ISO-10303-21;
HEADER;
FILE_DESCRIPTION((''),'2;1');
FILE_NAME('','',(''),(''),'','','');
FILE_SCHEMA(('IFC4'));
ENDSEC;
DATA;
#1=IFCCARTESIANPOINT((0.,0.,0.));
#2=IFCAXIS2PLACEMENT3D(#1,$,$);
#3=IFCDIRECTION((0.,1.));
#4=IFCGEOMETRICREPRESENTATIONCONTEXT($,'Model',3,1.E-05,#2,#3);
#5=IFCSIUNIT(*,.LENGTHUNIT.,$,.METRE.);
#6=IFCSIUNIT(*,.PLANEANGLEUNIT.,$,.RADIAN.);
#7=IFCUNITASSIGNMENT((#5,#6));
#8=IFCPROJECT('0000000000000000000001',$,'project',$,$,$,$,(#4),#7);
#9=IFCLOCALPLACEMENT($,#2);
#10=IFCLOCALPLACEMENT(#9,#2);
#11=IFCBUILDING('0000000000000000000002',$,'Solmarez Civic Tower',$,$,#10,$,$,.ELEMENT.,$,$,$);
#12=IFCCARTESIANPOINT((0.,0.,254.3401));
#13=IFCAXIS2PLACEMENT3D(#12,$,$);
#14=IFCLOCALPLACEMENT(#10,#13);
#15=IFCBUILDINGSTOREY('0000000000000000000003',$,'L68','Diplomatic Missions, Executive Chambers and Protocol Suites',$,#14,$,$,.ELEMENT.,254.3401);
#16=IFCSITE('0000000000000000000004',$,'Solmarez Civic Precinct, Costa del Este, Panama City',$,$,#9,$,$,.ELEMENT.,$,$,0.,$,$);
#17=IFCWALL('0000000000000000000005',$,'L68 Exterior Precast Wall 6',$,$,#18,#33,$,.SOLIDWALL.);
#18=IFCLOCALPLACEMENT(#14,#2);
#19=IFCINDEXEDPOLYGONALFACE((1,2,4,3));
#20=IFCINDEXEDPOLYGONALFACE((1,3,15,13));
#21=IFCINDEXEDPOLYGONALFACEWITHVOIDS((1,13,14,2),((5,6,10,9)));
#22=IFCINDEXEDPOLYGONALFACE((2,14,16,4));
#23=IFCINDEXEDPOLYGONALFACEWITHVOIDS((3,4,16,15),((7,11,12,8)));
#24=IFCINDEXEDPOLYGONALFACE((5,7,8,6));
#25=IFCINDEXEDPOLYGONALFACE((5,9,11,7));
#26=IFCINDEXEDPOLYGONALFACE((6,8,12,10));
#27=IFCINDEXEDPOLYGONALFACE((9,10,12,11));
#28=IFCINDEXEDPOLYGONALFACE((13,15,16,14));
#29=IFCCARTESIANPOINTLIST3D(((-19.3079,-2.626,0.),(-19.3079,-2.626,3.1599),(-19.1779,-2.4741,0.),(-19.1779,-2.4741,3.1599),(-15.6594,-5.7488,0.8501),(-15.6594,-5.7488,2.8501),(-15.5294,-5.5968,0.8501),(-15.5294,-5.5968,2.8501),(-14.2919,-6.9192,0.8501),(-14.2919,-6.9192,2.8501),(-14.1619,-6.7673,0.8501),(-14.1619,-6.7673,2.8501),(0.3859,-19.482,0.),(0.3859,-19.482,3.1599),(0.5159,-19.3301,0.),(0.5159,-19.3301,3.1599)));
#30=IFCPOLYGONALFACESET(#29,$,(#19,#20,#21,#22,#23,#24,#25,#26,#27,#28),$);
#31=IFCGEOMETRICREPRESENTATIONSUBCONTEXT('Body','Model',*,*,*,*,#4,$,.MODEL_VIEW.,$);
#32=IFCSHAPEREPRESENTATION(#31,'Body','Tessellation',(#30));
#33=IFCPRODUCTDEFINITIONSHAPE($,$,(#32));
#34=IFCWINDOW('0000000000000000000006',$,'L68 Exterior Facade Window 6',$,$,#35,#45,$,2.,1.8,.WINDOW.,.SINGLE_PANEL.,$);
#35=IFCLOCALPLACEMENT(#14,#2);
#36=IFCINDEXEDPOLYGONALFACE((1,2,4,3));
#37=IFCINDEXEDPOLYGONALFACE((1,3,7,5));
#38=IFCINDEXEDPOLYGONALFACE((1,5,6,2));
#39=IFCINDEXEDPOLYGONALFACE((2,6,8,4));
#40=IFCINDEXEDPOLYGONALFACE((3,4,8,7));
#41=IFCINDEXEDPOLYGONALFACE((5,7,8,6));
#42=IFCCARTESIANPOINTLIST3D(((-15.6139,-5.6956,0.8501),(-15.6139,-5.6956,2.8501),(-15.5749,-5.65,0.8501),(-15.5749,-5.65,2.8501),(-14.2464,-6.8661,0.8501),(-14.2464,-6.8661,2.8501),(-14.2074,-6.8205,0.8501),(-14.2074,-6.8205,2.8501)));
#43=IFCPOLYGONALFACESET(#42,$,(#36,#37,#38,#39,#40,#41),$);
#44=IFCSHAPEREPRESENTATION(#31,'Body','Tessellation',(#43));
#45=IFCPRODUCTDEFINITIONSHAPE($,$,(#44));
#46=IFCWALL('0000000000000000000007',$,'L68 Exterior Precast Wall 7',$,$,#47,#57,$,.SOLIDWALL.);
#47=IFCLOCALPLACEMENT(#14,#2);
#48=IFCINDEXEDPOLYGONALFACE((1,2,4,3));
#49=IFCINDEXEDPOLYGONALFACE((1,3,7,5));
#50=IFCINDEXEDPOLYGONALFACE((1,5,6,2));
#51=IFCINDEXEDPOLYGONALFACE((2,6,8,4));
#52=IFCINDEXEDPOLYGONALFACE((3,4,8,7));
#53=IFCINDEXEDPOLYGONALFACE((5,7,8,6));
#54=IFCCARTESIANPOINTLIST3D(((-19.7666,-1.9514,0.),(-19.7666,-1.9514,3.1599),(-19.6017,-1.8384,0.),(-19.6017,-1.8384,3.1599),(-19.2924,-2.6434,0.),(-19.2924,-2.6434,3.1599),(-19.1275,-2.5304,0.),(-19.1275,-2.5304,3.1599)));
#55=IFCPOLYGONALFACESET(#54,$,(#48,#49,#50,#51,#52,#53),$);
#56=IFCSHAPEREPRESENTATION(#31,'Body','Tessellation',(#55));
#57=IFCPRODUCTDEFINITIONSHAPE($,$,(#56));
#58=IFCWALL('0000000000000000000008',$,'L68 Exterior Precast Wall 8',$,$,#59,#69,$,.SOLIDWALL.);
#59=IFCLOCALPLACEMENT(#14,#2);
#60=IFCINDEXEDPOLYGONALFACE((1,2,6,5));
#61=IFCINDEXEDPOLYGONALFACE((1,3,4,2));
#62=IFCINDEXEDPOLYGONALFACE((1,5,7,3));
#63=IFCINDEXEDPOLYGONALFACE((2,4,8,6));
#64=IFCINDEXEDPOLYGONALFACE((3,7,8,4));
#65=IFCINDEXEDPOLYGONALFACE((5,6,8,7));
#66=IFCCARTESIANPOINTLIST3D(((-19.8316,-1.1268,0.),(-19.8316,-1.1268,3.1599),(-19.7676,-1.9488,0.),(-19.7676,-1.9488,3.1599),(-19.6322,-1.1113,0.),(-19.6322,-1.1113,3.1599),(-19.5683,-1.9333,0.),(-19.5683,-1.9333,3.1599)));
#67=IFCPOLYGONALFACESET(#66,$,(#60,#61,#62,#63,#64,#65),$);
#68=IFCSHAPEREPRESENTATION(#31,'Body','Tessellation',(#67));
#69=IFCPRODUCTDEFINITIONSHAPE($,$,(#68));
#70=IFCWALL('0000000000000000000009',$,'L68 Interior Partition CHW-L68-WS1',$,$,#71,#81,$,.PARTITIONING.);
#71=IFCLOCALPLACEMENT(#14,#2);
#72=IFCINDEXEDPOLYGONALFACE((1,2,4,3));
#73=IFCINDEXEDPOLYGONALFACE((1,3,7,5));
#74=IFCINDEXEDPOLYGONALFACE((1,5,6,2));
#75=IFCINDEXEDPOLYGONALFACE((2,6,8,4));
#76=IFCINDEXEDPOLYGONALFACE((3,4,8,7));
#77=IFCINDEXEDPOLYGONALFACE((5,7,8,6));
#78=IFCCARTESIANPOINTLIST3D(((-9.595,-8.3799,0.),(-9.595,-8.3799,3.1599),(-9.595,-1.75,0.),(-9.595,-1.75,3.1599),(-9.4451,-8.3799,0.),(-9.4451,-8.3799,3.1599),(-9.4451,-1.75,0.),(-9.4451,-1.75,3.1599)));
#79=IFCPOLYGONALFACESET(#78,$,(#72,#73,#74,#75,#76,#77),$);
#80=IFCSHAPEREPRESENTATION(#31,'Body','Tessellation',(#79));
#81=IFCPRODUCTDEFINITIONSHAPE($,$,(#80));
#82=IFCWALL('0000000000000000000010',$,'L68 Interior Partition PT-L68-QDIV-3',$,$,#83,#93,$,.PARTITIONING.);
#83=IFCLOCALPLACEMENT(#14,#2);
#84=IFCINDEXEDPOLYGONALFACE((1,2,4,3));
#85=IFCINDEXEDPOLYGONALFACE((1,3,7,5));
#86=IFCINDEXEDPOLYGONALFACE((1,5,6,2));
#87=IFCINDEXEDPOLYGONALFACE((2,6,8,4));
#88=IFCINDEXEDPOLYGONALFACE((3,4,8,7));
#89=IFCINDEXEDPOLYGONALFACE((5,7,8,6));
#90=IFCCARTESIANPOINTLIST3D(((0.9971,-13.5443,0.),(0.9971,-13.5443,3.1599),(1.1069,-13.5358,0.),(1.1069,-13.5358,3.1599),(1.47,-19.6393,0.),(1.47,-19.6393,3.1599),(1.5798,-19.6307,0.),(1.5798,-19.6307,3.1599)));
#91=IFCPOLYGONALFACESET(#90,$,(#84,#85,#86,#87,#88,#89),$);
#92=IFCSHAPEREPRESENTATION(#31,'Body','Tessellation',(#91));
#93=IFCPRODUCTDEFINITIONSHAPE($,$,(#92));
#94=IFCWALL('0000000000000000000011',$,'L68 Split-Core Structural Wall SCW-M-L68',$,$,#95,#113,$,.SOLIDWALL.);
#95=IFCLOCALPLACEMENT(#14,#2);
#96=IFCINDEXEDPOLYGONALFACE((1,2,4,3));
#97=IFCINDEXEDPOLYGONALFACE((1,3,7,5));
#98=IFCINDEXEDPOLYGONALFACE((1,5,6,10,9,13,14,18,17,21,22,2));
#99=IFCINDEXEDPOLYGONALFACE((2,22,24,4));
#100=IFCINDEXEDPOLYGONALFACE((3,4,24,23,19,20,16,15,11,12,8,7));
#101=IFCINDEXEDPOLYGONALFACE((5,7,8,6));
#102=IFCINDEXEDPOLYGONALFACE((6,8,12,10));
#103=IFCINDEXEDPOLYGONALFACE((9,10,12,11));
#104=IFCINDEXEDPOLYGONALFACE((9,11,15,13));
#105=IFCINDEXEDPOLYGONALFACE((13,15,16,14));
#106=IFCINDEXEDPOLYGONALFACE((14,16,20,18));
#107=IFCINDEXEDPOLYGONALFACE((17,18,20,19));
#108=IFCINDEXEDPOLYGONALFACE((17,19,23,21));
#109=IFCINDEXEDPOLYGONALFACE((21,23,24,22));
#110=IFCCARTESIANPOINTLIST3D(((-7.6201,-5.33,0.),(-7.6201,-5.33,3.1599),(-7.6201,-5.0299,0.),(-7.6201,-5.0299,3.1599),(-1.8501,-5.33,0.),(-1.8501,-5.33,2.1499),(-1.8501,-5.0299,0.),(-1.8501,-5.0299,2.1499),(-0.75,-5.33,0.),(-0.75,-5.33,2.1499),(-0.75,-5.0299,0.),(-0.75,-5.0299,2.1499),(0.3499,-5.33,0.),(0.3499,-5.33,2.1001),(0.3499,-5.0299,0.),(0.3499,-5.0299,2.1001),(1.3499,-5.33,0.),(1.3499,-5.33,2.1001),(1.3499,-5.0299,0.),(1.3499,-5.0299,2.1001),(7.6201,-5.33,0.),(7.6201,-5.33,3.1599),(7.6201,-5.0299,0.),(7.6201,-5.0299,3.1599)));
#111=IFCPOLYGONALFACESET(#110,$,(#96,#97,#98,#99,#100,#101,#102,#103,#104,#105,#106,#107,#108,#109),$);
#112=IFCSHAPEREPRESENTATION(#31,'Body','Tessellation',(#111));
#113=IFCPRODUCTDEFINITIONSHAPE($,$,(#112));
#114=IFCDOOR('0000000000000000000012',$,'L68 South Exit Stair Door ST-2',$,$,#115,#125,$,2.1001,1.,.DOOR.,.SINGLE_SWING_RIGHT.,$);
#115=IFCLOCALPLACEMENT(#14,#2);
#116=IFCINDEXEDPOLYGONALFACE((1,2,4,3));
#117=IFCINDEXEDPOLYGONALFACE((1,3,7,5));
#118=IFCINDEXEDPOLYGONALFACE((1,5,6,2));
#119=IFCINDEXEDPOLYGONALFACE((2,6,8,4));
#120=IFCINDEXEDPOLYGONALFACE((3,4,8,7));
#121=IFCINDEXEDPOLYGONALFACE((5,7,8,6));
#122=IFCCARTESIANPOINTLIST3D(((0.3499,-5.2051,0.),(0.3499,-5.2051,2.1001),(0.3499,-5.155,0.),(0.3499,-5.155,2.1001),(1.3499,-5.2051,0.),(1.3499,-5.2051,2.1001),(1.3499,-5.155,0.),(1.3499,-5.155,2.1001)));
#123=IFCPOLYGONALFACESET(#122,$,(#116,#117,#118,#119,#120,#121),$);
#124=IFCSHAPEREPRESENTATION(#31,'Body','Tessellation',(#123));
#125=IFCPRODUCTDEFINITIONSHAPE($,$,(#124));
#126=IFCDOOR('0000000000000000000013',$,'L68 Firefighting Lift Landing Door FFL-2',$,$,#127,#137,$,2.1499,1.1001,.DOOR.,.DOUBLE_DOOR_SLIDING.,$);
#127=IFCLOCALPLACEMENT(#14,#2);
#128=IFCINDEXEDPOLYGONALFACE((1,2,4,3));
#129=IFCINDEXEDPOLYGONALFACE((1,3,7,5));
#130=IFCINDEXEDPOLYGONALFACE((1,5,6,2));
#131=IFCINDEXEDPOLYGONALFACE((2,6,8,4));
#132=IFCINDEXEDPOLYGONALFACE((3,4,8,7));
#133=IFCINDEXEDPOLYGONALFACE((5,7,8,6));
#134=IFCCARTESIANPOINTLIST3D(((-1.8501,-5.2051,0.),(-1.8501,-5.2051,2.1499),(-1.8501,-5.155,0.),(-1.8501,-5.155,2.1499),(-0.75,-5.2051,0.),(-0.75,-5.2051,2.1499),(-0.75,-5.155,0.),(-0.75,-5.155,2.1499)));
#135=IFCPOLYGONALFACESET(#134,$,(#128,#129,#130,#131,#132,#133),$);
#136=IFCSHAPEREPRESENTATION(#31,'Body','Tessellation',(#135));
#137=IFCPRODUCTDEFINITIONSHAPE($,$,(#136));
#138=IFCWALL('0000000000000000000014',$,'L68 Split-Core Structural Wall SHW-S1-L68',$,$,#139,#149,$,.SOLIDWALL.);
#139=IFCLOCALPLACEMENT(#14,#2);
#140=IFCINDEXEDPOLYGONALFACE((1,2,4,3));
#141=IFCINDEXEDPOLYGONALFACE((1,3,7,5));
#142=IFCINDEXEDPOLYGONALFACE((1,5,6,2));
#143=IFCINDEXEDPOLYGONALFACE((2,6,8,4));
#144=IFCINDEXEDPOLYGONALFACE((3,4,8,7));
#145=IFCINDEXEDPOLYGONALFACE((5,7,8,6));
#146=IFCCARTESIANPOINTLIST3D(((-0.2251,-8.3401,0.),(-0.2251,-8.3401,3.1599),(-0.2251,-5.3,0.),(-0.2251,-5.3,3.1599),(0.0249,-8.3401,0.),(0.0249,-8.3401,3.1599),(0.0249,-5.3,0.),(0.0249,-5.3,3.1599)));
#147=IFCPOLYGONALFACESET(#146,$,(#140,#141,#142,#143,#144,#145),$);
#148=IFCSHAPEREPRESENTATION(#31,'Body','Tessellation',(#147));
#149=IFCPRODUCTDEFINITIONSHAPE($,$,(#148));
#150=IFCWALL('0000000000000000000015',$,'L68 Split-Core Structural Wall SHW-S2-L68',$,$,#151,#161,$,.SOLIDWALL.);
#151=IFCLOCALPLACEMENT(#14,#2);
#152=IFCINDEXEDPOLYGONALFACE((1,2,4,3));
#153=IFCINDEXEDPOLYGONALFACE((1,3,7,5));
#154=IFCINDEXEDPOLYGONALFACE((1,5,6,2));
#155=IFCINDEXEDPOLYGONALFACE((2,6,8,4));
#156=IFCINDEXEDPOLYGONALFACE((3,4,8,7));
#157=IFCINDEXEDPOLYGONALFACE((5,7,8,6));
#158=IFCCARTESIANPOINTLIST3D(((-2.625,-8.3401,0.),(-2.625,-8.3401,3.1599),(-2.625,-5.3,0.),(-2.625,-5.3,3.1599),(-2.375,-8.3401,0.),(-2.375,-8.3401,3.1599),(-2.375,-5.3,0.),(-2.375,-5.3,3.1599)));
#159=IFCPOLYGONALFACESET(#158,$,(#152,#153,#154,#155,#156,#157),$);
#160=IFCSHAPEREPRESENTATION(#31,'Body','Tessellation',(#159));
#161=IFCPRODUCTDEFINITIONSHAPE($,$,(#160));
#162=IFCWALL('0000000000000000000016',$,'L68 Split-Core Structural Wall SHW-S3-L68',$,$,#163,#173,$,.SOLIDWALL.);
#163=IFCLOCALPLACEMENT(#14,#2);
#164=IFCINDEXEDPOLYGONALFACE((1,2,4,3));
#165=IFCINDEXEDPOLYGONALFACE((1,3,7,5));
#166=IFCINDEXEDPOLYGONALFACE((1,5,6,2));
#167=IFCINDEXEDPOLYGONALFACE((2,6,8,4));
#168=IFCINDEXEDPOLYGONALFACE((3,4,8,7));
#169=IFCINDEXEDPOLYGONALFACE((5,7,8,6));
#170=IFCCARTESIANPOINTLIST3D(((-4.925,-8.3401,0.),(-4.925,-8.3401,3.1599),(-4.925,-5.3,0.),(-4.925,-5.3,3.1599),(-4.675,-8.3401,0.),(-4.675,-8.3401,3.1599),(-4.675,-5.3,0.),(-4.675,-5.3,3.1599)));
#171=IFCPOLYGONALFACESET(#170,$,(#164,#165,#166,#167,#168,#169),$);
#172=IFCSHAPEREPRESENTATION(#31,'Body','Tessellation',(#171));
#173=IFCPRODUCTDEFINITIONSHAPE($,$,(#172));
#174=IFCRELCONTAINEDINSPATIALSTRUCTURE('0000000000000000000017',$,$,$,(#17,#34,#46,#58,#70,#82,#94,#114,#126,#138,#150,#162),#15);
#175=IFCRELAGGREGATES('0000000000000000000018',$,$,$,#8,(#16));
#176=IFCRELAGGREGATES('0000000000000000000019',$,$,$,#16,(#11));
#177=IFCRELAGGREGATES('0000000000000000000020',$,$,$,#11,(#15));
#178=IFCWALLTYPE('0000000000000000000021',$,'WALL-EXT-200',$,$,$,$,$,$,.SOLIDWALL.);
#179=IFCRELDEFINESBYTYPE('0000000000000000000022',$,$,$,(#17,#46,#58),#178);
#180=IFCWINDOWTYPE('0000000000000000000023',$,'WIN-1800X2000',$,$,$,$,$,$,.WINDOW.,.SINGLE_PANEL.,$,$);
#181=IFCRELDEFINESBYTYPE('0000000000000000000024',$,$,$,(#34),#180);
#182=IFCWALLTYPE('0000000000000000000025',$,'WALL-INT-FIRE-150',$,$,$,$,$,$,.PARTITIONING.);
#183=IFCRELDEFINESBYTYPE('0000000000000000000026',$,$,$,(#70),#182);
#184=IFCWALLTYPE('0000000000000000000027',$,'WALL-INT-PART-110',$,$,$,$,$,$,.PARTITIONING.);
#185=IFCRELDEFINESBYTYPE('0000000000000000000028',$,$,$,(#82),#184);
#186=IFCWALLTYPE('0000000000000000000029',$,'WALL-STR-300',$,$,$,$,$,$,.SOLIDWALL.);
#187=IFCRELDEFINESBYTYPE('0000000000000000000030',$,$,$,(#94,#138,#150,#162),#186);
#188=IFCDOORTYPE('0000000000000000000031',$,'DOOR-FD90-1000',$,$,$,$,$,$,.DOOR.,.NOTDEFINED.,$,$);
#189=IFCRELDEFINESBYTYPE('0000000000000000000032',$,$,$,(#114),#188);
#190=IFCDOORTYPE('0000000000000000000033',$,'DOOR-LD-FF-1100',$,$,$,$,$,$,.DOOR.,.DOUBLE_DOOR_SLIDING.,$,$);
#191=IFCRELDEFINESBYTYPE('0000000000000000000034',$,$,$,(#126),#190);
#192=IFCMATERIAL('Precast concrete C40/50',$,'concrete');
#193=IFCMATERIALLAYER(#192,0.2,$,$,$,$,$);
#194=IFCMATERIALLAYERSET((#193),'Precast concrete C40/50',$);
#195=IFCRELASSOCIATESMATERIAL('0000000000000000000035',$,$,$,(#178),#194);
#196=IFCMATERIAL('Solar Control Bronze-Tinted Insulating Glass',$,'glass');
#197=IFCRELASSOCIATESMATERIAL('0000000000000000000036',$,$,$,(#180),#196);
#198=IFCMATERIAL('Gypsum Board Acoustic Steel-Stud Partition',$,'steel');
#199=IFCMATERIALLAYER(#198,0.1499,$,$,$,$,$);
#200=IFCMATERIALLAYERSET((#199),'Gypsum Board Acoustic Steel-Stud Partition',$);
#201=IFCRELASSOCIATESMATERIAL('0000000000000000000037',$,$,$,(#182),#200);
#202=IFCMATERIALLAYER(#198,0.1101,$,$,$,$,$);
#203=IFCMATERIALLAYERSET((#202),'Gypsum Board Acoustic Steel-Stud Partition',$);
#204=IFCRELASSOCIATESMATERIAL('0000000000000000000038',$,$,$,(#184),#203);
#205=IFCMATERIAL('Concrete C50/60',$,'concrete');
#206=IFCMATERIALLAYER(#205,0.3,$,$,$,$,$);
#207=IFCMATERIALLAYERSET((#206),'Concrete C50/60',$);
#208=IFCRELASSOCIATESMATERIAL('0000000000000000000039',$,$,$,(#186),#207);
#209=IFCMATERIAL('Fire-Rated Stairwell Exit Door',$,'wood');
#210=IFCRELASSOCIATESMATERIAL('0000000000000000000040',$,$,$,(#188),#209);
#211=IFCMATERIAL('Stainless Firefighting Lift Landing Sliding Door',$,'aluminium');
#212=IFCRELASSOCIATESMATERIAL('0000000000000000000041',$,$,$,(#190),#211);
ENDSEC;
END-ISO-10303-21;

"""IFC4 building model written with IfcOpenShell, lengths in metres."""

from ifc_helpers import new_model, si_unit, direction, frame, frame_2d, origin, place, context, subcontext, project, spatial, rectangle, extrude, material, layer, layer_set, type_object, element, fill, save


model = new_model("IFC4")

# Units and contexts
model_context = context("Model", 3, precision=1e-05, world=origin(), true_north=direction((0.0, 1.0)))
body_context = subcontext(model_context, "Body", "Model", "MODEL_VIEW")
ifc_project = project(units=[si_unit("LENGTHUNIT", "METRE"), si_unit("PLANEANGLEUNIT", "RADIAN")], contexts=[model_context])

# Site, building, storey
site_placement = place(None, origin())
site = spatial("IfcSite", under=ifc_project, at=site_placement, Name="Solmarez Civic Precinct, Costa del Este, Panama City", CompositionType="ELEMENT", RefElevation=0.0)
building_placement = place(site_placement, origin())
building = spatial("IfcBuilding", under=site, at=building_placement, Name="Solmarez Civic Tower", CompositionType="ELEMENT")
storey_placement = place(building_placement, frame((0.0, 0.0, 254.3401)))
storey = spatial("IfcBuildingStorey", under=building, at=storey_placement, Name="L68", Description="Diplomatic Missions, Executive Chambers and Protocol Suites", CompositionType="ELEMENT", Elevation=254.3401)

# Shared definitions
ifc_material_1 = material(Name="Concrete C50/60", Category="concrete")

# Shared definitions
ifc_material_2 = material(Name="Precast concrete C40/50", Category="concrete")
ifc_layer_1 = layer(ifc_material_2, 0.2)
ifc_layer_set_1 = layer_set([ifc_layer_1], Name="Precast concrete C40/50")
wall_type_1 = type_object("IfcWallType", Name="WALL-EXT-200", PredefinedType="SOLIDWALL", material=ifc_layer_set_1)

# Wall, opening, window
wall_1_placement = place(storey_placement, frame((0.4509, -19.406, 0.0), z_axis=(0.0, 0.0, 1.0), x_axis=(-0.759723, 0.650247, 0.0)))
wall_1 = element("IfcWall", 1, at=wall_1_placement, inside=storey, type_object=wall_type_1, Name="L68 Exterior Precast Wall 6", PredefinedType="SOLIDWALL", context=body_context, shape_type="SweptSolid", body=[
    extrude(rectangle(XDim=25.9224, YDim=0.2, at=frame_2d((12.9612, 0.0))), origin(), (0.0, 0.0, 1.0), 3.1599),
])
opening_1_placement = place(wall_1_placement, frame((19.3201, 0.0, 0.8501)))
opening_1 = element("IfcOpeningElement", 2, at=opening_1_placement, cuts=wall_1, PredefinedType="OPENING", context=body_context, shape_type="SweptSolid", body=[
    extrude(rectangle(XDim=1.8, YDim=2.0, at=frame_2d((0.8999, 1.0))), frame((0.0, 0.1099, 0.0), z_axis=(0.0, -1.0, 0.0), x_axis=(1.0, 0.0, 0.0)), (0.0, 0.0, 1.0), 0.22),
])
ifc_material_3 = material(Name="Solar Control Bronze-Tinted Insulating Glass", Category="glass")
window_type = type_object("IfcWindowType", Name="WIN-1800X2000", PartitioningType="SINGLE_PANEL", PredefinedType="WINDOW", material=ifc_material_3)
window_placement = place(opening_1_placement, origin())
window = element("IfcWindow", 3, at=window_placement, inside=storey, type_object=window_type, Name="L68 Exterior Facade Window 6", OverallHeight=2.0, OverallWidth=1.8, PartitioningType="SINGLE_PANEL", PredefinedType="WINDOW", context=body_context, shape_type="SweptSolid", body=[
    extrude(rectangle(XDim=1.8, YDim=2.0, at=frame_2d((0.8999, 1.0))), frame((0.0, 0.03, 0.0), z_axis=(0.0, -1.0, 0.0), x_axis=(1.0, 0.0, 0.0)), (0.0, 0.0, 1.0), 0.0601),
])
fill(opening_1, window)

# Walls
wall_2_placement = place(storey_placement, frame((-19.21, -2.5869, 0.0), z_axis=(0.0, 0.0, 1.0), x_axis=(-0.565268, 0.824907, 0.0)))
element("IfcWall", 4, at=wall_2_placement, inside=storey, type_object=wall_type_1, Name="L68 Exterior Precast Wall 7", PredefinedType="SOLIDWALL", context=body_context, shape_type="SweptSolid", body=[
    extrude(rectangle(XDim=0.8389, YDim=0.2, at=frame_2d((0.4194, 0.0))), origin(), (0.0, 0.0, 1.0), 3.1599),
])
wall_3_placement = place(storey_placement, frame((-19.668, -1.9409, 0.0), z_axis=(0.0, 0.0, 1.0), x_axis=(-0.07758, 0.996986, 0.0)))
element("IfcWall", 5, at=wall_3_placement, inside=storey, type_object=wall_type_1, Name="L68 Exterior Precast Wall 8", PredefinedType="SOLIDWALL", context=body_context, shape_type="SweptSolid", body=[
    extrude(rectangle(XDim=0.8245, YDim=0.2, at=frame_2d((0.4121, 0.0))), origin(), (0.0, 0.0, 1.0), 3.1599),
])
ifc_material_4 = material(Name="Gypsum Board Acoustic Steel-Stud Partition", Category="steel")
ifc_layer_2 = layer(ifc_material_4, 0.1499)
ifc_layer_set_2 = layer_set([ifc_layer_2], Name="Gypsum Board Acoustic Steel-Stud Partition")
wall_type_2 = type_object("IfcWallType", Name="WALL-INT-FIRE-150", PredefinedType="PARTITIONING", material=ifc_layer_set_2)
wall_4_placement = place(storey_placement, frame((-9.52, -8.3799, 0.0), z_axis=(0.0, 0.0, 1.0), x_axis=(0.0, 1.0, 0.0)))
element("IfcWall", 6, at=wall_4_placement, inside=storey, type_object=wall_type_2, Name="L68 Interior Partition CHW-L68-WS1", PredefinedType="PARTITIONING", context=body_context, shape_type="SweptSolid", body=[
    extrude(rectangle(XDim=6.6299, YDim=0.1499, at=frame_2d((3.3149, 0.0))), origin(), (0.0, 0.0, 1.0), 3.1599),
])
ifc_layer_3 = layer(ifc_material_4, 0.1101)
ifc_layer_set_3 = layer_set([ifc_layer_3], Name="Gypsum Board Acoustic Steel-Stud Partition")
wall_type_3 = type_object("IfcWallType", Name="WALL-INT-PART-110", PredefinedType="PARTITIONING", material=ifc_layer_set_3)
wall_5_placement = place(storey_placement, frame((1.052, -13.54, 0.0), z_axis=(0.0, 0.0, 1.0), x_axis=(0.077356, -0.997004, 0.0)))
element("IfcWall", 7, at=wall_5_placement, inside=storey, type_object=wall_type_3, Name="L68 Interior Partition PT-L68-QDIV-3", PredefinedType="PARTITIONING", context=body_context, shape_type="SweptSolid", body=[
    extrude(rectangle(XDim=6.1133, YDim=0.1101, at=frame_2d((3.0566, 0.0))), origin(), (0.0, 0.0, 1.0), 3.1599),
])

# Wall, openings, doors
ifc_layer_4 = layer(ifc_material_1, 0.3)
ifc_layer_set_4 = layer_set([ifc_layer_4], Name="Concrete C50/60")
wall_type_4 = type_object("IfcWallType", Name="WALL-STR-300", PredefinedType="SOLIDWALL", material=ifc_layer_set_4)
wall_6_placement = place(storey_placement, frame((-7.6201, -5.1799, 0.0), z_axis=(0.0, 0.0, 1.0), x_axis=(1.0, 0.0, 0.0)))
wall_6 = element("IfcWall", 8, at=wall_6_placement, inside=storey, type_object=wall_type_4, Name="L68 Split-Core Structural Wall SCW-M-L68", PredefinedType="SOLIDWALL", context=body_context, shape_type="SweptSolid", body=[
    extrude(rectangle(XDim=15.2402, YDim=0.3, at=frame_2d((7.6201, 0.0))), origin(), (0.0, 0.0, 1.0), 3.1599),
])
opening_2_placement = place(wall_6_placement, frame((5.77, 0.0, 0.0)))
opening_2 = element("IfcOpeningElement", 9, at=opening_2_placement, cuts=wall_6, PredefinedType="OPENING", context=body_context, shape_type="SweptSolid", body=[
    extrude(rectangle(XDim=1.1001, YDim=2.1499, at=frame_2d((0.55, 1.075))), frame((0.0, 0.1599, 0.0), z_axis=(0.0, -1.0, 0.0), x_axis=(1.0, 0.0, 0.0)), (0.0, 0.0, 1.0), 0.3201),
])
opening_3_placement = place(wall_6_placement, frame((7.97, 0.0, 0.0)))
opening_3 = element("IfcOpeningElement", 10, at=opening_3_placement, cuts=wall_6, PredefinedType="OPENING", context=body_context, shape_type="SweptSolid", body=[
    extrude(rectangle(XDim=1.0, YDim=2.1001, at=frame_2d((0.5, 1.05))), frame((0.0, 0.1599, 0.0), z_axis=(0.0, -1.0, 0.0), x_axis=(1.0, 0.0, 0.0)), (0.0, 0.0, 1.0), 0.3201),
])
ifc_material_5 = material(Name="Fire-Rated Stairwell Exit Door", Category="wood")
door_type_1 = type_object("IfcDoorType", Name="DOOR-FD90-1000", OperationType="NOTDEFINED", PredefinedType="DOOR", material=ifc_material_5)
door_1_placement = place(opening_3_placement, origin())
door_1 = element("IfcDoor", 11, at=door_1_placement, inside=storey, type_object=door_type_1, Name="L68 South Exit Stair Door ST-2", OperationType="SINGLE_SWING_RIGHT", OverallHeight=2.1001, OverallWidth=1.0, PredefinedType="DOOR", context=body_context, shape_type="SweptSolid", body=[
    extrude(rectangle(XDim=1.0, YDim=2.1001, at=frame_2d((0.5, 1.05))), frame((0.0, 0.0249, 0.0), z_axis=(0.0, -1.0, 0.0), x_axis=(1.0, 0.0, 0.0)), (0.0, 0.0, 1.0), 0.05),
])
fill(opening_3, door_1)
ifc_material_6 = material(Name="Stainless Firefighting Lift Landing Sliding Door", Category="aluminium")
door_type_2 = type_object("IfcDoorType", Name="DOOR-LD-FF-1100", OperationType="DOUBLE_DOOR_SLIDING", PredefinedType="DOOR", material=ifc_material_6)
door_2_placement = place(opening_2_placement, origin())
door_2 = element("IfcDoor", 12, at=door_2_placement, inside=storey, type_object=door_type_2, Name="L68 Firefighting Lift Landing Door FFL-2", OperationType="DOUBLE_DOOR_SLIDING", OverallHeight=2.1499, OverallWidth=1.1001, PredefinedType="DOOR", context=body_context, shape_type="SweptSolid", body=[
    extrude(rectangle(XDim=1.1001, YDim=2.1499, at=frame_2d((0.55, 1.075))), frame((0.0, 0.0249, 0.0), z_axis=(0.0, -1.0, 0.0), x_axis=(1.0, 0.0, 0.0)), (0.0, 0.0, 1.0), 0.05),
])
fill(opening_2, door_2)

# Walls
for number, where, z_axis, x_axis, name in (
    (13, (-0.1001, -8.3401, 0.0), (0.0, 0.0, 1.0), (0.0, 1.0, 0.0), "L68 Split-Core Structural Wall SHW-S1-L68"),
    (14, (-2.5, -8.3401, 0.0), (0.0, 0.0, 1.0), (0.0, 1.0, 0.0), "L68 Split-Core Structural Wall SHW-S2-L68"),
    (15, (-4.8, -8.3401, 0.0), (0.0, 0.0, 1.0), (0.0, 1.0, 0.0), "L68 Split-Core Structural Wall SHW-S3-L68"),
):
    element("IfcWall", number, at=place(storey_placement, frame(where, z_axis=z_axis, x_axis=x_axis)), inside=storey, type_object=wall_type_4, Name=name, PredefinedType="SOLIDWALL", context=body_context, shape_type="SweptSolid", body=[
        extrude(rectangle(XDim=3.04, YDim=0.25, at=frame_2d((1.52, 0.0))), origin(), (0.0, 0.0, 1.0), 3.1599),
    ])

save(model, "model.ifc")
